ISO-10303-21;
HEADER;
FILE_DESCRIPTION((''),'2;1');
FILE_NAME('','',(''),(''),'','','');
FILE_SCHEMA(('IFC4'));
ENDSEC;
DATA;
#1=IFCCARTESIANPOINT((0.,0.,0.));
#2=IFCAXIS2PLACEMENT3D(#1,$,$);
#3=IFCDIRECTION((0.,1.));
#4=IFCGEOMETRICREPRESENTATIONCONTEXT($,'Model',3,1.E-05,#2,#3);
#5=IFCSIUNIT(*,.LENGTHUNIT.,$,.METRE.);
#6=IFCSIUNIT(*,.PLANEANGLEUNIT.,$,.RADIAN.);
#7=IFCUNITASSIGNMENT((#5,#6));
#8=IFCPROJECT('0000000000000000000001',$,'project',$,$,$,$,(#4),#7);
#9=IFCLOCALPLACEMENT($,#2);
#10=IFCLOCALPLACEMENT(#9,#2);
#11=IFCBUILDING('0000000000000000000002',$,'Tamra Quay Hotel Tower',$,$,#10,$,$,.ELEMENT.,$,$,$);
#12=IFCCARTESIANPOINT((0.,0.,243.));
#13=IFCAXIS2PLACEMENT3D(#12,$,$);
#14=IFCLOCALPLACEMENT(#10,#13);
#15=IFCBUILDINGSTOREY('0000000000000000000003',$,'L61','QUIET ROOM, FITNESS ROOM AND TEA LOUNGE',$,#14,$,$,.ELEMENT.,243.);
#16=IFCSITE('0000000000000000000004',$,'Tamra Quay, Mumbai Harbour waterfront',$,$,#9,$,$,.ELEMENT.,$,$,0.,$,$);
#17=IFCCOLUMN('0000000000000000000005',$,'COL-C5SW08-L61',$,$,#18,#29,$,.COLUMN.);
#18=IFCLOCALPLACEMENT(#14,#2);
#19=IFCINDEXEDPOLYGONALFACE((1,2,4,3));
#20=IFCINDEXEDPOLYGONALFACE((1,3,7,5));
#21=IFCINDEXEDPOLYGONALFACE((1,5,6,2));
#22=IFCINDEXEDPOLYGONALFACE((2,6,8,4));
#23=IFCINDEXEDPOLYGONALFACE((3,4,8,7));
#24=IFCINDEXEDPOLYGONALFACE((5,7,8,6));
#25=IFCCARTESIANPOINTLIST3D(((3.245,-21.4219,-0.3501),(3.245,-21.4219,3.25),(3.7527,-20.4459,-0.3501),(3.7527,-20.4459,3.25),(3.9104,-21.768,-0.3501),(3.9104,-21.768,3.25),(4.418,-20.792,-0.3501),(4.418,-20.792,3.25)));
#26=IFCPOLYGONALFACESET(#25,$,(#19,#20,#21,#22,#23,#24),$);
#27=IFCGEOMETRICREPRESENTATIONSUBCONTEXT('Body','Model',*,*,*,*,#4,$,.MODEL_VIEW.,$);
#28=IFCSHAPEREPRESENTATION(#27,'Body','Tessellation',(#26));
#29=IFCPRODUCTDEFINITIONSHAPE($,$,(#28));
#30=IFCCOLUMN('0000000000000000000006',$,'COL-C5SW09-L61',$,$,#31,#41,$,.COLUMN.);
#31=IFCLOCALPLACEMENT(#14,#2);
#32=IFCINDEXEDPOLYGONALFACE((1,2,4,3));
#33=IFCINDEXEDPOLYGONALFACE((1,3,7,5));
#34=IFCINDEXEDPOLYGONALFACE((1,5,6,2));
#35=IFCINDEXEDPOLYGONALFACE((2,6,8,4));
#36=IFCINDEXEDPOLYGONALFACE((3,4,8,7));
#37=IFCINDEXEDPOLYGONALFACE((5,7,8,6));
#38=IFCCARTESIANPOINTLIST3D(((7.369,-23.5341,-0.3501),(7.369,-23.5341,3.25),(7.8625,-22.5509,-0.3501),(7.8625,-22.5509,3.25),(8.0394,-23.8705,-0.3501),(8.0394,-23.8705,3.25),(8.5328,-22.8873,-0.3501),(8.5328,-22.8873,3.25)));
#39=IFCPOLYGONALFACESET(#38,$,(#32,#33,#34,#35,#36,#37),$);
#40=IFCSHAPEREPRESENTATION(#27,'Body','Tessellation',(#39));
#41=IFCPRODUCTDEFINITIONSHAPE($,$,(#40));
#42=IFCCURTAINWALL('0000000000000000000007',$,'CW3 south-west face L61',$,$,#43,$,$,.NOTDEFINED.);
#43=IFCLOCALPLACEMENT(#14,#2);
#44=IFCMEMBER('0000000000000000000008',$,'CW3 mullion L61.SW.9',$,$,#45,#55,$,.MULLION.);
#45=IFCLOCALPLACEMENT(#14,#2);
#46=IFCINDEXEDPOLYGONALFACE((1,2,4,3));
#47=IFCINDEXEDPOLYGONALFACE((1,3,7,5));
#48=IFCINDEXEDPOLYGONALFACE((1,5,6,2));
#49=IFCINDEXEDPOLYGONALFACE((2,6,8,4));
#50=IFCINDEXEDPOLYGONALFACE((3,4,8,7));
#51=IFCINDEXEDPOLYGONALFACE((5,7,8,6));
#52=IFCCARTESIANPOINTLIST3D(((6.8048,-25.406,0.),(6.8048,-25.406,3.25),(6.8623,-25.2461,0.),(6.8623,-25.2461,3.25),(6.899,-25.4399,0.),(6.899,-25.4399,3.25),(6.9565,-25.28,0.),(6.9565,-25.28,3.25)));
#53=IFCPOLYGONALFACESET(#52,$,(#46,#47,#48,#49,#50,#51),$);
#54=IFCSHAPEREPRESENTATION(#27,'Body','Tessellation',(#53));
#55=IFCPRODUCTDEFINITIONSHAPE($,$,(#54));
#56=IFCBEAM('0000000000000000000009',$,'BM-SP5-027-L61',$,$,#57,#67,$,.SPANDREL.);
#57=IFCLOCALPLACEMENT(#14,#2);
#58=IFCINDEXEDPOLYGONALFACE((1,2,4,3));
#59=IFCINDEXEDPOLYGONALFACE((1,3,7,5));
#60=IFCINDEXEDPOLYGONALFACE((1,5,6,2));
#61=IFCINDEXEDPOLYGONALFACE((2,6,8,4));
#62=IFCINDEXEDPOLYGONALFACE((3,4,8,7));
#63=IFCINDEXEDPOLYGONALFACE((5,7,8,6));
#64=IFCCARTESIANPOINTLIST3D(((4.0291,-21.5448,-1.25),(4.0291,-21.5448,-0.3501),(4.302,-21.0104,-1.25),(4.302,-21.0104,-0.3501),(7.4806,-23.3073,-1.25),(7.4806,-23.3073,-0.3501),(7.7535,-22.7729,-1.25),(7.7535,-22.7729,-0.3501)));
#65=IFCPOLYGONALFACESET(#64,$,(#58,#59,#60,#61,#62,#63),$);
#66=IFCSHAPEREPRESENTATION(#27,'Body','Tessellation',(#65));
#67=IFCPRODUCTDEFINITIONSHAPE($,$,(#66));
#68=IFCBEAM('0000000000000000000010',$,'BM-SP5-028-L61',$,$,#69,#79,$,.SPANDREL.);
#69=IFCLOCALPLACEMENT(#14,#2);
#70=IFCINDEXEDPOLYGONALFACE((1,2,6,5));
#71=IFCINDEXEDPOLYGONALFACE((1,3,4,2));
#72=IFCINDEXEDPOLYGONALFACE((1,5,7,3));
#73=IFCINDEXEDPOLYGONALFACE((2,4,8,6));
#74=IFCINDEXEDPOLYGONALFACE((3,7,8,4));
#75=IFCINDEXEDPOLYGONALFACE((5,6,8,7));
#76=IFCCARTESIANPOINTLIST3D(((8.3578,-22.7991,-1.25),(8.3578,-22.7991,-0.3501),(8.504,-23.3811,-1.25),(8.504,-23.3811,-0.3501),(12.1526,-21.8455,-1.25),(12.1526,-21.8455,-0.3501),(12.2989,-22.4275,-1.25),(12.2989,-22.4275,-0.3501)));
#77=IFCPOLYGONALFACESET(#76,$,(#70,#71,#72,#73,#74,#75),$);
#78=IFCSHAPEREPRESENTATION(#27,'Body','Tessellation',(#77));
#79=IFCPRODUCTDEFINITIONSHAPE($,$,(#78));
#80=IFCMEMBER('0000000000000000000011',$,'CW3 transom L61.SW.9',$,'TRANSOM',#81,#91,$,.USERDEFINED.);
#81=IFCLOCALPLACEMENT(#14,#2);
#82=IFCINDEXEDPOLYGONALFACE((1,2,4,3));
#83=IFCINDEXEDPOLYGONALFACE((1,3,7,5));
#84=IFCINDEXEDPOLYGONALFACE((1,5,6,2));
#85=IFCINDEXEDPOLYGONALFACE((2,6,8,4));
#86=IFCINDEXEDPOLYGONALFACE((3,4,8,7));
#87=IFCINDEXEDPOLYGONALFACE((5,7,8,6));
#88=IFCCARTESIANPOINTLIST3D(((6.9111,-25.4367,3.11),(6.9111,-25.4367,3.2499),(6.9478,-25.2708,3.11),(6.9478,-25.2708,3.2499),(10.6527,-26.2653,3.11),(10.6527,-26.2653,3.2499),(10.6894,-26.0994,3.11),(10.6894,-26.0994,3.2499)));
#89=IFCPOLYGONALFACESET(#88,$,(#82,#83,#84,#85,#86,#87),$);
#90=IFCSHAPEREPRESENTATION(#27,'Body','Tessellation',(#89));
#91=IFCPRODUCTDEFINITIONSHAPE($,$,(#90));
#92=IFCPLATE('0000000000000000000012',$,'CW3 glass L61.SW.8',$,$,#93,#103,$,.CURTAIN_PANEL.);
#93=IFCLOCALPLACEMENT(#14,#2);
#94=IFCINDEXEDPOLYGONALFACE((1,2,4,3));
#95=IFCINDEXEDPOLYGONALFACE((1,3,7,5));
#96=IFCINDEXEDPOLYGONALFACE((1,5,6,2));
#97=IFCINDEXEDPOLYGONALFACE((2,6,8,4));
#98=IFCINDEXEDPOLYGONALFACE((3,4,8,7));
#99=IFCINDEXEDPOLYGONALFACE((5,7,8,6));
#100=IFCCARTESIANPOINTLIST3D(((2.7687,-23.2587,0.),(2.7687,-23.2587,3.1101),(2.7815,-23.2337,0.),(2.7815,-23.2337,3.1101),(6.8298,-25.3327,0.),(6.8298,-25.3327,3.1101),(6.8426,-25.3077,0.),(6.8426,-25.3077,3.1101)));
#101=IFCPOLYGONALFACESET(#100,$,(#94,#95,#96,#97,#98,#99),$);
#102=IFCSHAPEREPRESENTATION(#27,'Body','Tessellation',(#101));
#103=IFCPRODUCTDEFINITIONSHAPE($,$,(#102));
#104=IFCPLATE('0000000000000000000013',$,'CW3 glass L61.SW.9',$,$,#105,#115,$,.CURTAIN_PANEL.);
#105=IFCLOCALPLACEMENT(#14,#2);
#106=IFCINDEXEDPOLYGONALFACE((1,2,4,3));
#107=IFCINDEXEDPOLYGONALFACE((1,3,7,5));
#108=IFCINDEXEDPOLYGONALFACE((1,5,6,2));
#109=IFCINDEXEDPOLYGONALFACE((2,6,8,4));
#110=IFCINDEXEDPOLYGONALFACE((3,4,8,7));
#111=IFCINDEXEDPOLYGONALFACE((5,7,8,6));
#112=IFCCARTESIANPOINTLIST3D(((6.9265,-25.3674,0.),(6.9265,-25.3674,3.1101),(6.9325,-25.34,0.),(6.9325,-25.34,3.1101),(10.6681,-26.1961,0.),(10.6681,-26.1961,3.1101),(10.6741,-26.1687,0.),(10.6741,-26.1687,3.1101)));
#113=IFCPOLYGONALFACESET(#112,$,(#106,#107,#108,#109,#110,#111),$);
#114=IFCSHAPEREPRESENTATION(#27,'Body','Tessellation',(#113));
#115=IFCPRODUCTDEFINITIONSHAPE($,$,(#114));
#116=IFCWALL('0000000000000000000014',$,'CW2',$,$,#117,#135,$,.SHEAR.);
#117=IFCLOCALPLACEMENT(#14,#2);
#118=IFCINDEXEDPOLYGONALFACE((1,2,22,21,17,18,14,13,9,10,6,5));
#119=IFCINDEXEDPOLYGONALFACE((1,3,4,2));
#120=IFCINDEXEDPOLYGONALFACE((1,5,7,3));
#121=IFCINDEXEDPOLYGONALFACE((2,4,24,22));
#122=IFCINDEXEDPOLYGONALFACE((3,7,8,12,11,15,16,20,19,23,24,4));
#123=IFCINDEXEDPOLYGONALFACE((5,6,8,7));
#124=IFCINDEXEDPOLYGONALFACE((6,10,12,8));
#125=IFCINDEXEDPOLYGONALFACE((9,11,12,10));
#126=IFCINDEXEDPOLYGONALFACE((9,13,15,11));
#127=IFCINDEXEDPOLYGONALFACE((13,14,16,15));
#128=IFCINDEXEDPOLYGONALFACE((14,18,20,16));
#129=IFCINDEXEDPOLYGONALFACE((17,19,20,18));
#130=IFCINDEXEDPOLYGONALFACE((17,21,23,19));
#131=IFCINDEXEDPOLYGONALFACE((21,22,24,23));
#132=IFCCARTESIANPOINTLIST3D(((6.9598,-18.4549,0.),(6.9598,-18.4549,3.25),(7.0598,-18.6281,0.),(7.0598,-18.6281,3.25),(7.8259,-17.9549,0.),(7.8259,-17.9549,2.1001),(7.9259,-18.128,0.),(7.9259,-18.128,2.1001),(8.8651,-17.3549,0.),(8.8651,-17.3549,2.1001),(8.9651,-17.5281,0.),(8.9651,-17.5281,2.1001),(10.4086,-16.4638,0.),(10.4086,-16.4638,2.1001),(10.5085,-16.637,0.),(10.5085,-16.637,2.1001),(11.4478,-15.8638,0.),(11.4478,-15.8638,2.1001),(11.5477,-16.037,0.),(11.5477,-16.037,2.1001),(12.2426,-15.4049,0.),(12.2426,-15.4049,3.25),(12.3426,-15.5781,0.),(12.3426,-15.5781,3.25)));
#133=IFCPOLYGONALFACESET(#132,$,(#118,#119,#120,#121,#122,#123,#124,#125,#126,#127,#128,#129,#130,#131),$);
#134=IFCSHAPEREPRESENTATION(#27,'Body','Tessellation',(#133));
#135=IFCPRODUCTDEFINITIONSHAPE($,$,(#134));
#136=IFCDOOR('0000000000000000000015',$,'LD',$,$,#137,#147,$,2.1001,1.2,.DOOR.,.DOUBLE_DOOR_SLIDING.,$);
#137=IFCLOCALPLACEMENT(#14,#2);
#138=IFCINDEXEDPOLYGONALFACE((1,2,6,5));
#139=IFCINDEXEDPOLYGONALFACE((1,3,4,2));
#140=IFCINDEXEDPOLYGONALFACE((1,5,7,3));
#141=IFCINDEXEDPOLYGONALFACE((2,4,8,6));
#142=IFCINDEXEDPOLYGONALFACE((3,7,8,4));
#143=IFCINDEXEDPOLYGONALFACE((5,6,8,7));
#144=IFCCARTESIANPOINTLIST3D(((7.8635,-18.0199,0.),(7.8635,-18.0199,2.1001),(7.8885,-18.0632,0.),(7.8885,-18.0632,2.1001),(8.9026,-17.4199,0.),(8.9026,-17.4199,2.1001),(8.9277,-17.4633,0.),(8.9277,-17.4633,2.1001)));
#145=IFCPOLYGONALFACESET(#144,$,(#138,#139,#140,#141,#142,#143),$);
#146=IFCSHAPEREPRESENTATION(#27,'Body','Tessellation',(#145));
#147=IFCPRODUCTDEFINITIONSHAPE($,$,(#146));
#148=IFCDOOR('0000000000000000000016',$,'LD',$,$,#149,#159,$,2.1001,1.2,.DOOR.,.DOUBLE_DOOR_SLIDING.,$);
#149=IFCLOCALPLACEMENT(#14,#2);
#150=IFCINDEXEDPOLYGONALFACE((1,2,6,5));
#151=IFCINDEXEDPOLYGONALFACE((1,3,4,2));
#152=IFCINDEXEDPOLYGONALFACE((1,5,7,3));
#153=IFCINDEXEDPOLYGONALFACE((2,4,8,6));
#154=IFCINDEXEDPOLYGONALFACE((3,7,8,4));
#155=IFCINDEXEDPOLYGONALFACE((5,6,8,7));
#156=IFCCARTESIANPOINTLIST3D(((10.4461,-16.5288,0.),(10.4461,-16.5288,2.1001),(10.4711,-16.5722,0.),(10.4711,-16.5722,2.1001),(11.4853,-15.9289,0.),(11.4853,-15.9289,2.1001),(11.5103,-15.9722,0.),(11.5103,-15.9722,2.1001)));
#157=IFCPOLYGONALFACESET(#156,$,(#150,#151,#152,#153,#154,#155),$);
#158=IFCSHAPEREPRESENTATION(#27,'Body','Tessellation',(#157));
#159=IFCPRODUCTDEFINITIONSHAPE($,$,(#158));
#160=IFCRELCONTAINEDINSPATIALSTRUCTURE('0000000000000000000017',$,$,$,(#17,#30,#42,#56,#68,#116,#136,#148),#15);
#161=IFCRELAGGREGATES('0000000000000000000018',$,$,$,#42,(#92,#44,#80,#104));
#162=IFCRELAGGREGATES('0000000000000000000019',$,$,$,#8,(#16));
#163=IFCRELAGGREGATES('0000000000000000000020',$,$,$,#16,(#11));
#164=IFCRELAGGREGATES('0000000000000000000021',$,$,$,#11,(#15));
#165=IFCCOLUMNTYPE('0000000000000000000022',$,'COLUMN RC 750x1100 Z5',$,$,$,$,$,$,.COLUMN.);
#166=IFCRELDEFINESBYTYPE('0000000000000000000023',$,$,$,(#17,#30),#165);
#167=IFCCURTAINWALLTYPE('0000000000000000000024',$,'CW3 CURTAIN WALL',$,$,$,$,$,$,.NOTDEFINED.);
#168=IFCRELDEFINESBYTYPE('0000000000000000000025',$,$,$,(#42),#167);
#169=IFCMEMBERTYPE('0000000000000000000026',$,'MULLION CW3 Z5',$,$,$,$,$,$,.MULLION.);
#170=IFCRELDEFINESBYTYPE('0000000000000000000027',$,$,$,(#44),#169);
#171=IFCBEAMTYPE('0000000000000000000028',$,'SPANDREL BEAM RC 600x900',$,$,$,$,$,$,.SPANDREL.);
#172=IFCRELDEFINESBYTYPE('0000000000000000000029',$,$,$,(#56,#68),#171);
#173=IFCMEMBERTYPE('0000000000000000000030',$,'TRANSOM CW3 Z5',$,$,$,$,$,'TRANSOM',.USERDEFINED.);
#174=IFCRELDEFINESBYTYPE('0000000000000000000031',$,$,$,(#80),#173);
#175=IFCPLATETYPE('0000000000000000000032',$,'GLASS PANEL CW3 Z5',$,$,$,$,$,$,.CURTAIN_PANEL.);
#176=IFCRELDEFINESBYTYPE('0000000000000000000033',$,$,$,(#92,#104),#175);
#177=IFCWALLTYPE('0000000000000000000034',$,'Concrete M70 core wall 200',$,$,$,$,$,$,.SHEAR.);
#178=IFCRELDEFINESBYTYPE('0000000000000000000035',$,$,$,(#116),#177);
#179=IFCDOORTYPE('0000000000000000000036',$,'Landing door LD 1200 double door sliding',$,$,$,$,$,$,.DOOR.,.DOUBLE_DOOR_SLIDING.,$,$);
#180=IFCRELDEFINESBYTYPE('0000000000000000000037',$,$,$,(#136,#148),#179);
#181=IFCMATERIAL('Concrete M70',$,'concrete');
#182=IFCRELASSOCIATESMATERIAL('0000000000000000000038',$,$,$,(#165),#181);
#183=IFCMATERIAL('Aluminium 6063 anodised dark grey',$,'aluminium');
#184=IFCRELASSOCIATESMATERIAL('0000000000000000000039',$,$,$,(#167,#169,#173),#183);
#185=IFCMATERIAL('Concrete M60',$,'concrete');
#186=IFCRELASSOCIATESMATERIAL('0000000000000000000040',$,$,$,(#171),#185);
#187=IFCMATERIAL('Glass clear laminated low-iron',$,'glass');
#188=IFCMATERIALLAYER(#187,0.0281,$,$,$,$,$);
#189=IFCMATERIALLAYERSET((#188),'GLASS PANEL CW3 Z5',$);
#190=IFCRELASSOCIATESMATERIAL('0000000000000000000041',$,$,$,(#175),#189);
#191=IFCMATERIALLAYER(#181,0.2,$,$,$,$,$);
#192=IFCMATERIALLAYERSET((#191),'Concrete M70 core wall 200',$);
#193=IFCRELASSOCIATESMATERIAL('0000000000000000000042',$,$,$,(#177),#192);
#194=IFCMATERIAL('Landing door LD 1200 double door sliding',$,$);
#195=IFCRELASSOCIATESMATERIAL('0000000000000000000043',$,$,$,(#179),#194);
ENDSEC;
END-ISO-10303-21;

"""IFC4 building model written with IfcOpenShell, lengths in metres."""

from ifc_helpers import new_model, si_unit, direction, frame, frame_2d, origin, origin_2d, place, context, subcontext, project, spatial, rectangle, extrude, material, layer, layer_set, material_profile, profile_set, type_object, element, fill, aggregate, save


model = new_model("IFC4")

# Units and contexts
model_context = context("Model", 3, precision=1e-05, world=origin(), true_north=direction((0.0, 1.0)))
body_context = subcontext(model_context, "Body", "Model", "MODEL_VIEW")
ifc_project = project(units=[si_unit("LENGTHUNIT", "METRE"), si_unit("PLANEANGLEUNIT", "RADIAN")], contexts=[model_context])

# Site, building, storey
site_placement = place(None, origin())
site = spatial("IfcSite", under=ifc_project, at=site_placement, Name="Tamra Quay, Mumbai Harbour waterfront", CompositionType="ELEMENT", RefElevation=0.0)
building_placement = place(site_placement, origin())
building = spatial("IfcBuilding", under=site, at=building_placement, Name="Tamra Quay Hotel Tower", CompositionType="ELEMENT")
storey_placement = place(building_placement, frame((0.0, 0.0, 243.0)))
storey = spatial("IfcBuildingStorey", under=building, at=storey_placement, Name="L61", Description="QUIET ROOM, FITNESS ROOM AND TEA LOUNGE", CompositionType="ELEMENT", Elevation=243.0)

# Columns
ifc_material_1 = material(Name="Concrete M70", Category="concrete")
ifc_material_profile_1 = material_profile(ifc_material_1, rectangle(XDim=1.1001, YDim=0.75, at=origin_2d()), Name="COLUMN RC 750x1100 Z5")
ifc_profile_set_1 = profile_set([ifc_material_profile_1], Name="Concrete M70")
column_type = type_object("IfcColumnType", Name="COLUMN RC 750x1100 Z5", PredefinedType="COLUMN", material=ifc_profile_set_1)
for number, where, z_axis, x_axis, name in (
    (1, (3.8315, -21.1069, -0.3501), (0.0, 0.0, 1.0), (0.461448, 0.887167, 0.0), "COL-C5SW08-L61"),
    (2, (7.9509, -23.2107, -0.3501), (0.0, 0.0, 1.0), (0.448553, 0.893756, 0.0), "COL-C5SW09-L61"),
):
    element("IfcColumn", number, at=place(storey_placement, frame(where, z_axis=z_axis, x_axis=x_axis)), inside=storey, type_object=column_type, Name=name, PredefinedType="COLUMN", context=body_context, shape_type="SweptSolid", body=[
        extrude(rectangle(XDim=1.1001, YDim=0.75, at=origin_2d()), origin(), (0.0, 0.0, 1.0), 3.6001),
    ])

# Curtain wall, member
ifc_material_2 = material(Name="Aluminium 6063 anodised dark grey", Category="aluminium")
curtain_wall_type = type_object("IfcCurtainWallType", Name="CW3 CURTAIN WALL", PredefinedType="NOTDEFINED", material=ifc_material_2)
curtain_wall_placement = place(storey_placement, origin())
curtain_wall = element("IfcCurtainWall", 3, at=curtain_wall_placement, inside=storey, type_object=curtain_wall_type, Name="CW3 south-west face L61", PredefinedType="NOTDEFINED")
ifc_material_profile_2 = material_profile(ifc_material_2, rectangle(XDim=0.1699, YDim=0.1001, at=origin_2d()), Name="MULLION 100X170")
ifc_profile_set_2 = profile_set([ifc_material_profile_2], Name="Aluminium 6063 anodised dark grey")
member_type_1 = type_object("IfcMemberType", Name="MULLION CW3 Z5", PredefinedType="MULLION", material=ifc_profile_set_2)
member_1_placement = place(storey_placement, frame((6.8806, -25.343, 0.0), z_axis=(0.0, 0.0, 1.0), x_axis=(-0.338259, -0.941053, 0.0)))
member_1 = element("IfcMember", 4, at=member_1_placement, type_object=member_type_1, Name="CW3 mullion L61.SW.9", PredefinedType="MULLION", context=body_context, shape_type="SweptSolid", body=[
    extrude(rectangle(XDim=0.1699, YDim=0.1001, at=origin_2d()), origin(), (0.0, 0.0, 1.0), 3.25),
])

# Beams
ifc_material_3 = material(Name="Concrete M60", Category="concrete")
ifc_material_profile_3 = material_profile(ifc_material_3, rectangle(XDim=0.6001, YDim=0.8999, at=origin_2d()), Name="SPANDREL BEAM RC 600x900")
ifc_profile_set_3 = profile_set([ifc_material_profile_3], Name="Concrete M60")
beam_type = type_object("IfcBeamType", Name="SPANDREL BEAM RC 600x900", PredefinedType="SPANDREL", material=ifc_profile_set_3)
beam_1_placement = place(storey_placement, frame((4.1655, -21.2776, -0.8), z_axis=(0.890603, -0.454782, 0.0), x_axis=(0.454782, 0.890603, 0.0)))
element("IfcBeam", 5, at=beam_1_placement, inside=storey, type_object=beam_type, Name="BM-SP5-027-L61", PredefinedType="SPANDREL", context=body_context, shape_type="SweptSolid", body=[
    extrude(rectangle(XDim=0.6001, YDim=0.8999, at=origin_2d()), origin(), (0.0, 0.0, 1.0), 3.8755),
])
beam_2_placement = place(storey_placement, frame((8.4309, -23.0901, -0.8), z_axis=(0.969848, 0.24371, 0.0), x_axis=(-0.24371, 0.969848, 0.0)))
element("IfcBeam", 6, at=beam_2_placement, inside=storey, type_object=beam_type, Name="BM-SP5-028-L61", PredefinedType="SPANDREL", context=body_context, shape_type="SweptSolid", body=[
    extrude(rectangle(XDim=0.6001, YDim=0.8999, at=origin_2d()), origin(), (0.0, 0.0, 1.0), 3.9128),
])

# Member
ifc_material_profile_4 = material_profile(ifc_material_2, rectangle(XDim=0.1699, YDim=0.1399, at=origin_2d()), Name="TRANSOM 170X140")
ifc_profile_set_4 = profile_set([ifc_material_profile_4], Name="Aluminium 6063 anodised dark grey")
member_type_2 = type_object("IfcMemberType", Name="TRANSOM CW3 Z5", ElementType="TRANSOM", PredefinedType="USERDEFINED", material=ifc_profile_set_4)
member_2_placement = place(storey_placement, frame((6.9294, -25.3538, 3.1799), z_axis=(0.976346, -0.216215, 0.0), x_axis=(0.216215, 0.976346, 0.0)))
member_2 = element("IfcMember", 7, at=member_2_placement, type_object=member_type_2, Name="CW3 transom L61.SW.9", ObjectType="TRANSOM", PredefinedType="USERDEFINED", context=body_context, shape_type="SweptSolid", body=[
    extrude(rectangle(XDim=0.1699, YDim=0.1399, at=origin_2d()), origin(), (0.0, 0.0, 1.0), 3.8323),
])

# Plates
ifc_material_4 = material(Name="Glass clear laminated low-iron", Category="glass")
ifc_layer_1 = layer(ifc_material_4, 0.0281)
ifc_layer_set_1 = layer_set([ifc_layer_1], Name="GLASS PANEL CW3 Z5")
plate_type = type_object("IfcPlateType", Name="GLASS PANEL CW3 Z5", PredefinedType="CURTAIN_PANEL", material=ifc_layer_set_1)
plate_1_placement = place(storey_placement, frame((4.8057, -24.2832, 0.0), z_axis=(0.0, 0.0, 1.0), x_axis=(0.890582, -0.454823, 0.0)))
plate_1 = element("IfcPlate", 8, at=plate_1_placement, type_object=plate_type, Name="CW3 glass L61.SW.8", PredefinedType="CURTAIN_PANEL", context=body_context, shape_type="SweptSolid", body=[
    extrude(rectangle(XDim=4.5601, YDim=0.0281, at=origin_2d()), origin(), (0.0, 0.0, 1.0), 3.1101),
])
plate_2_placement = place(storey_placement, frame((8.8003, -25.7681, 0.0), z_axis=(0.0, 0.0, 1.0), x_axis=(0.976341, -0.216238, 0.0)))
plate_2 = element("IfcPlate", 9, at=plate_2_placement, type_object=plate_type, Name="CW3 glass L61.SW.9", PredefinedType="CURTAIN_PANEL", context=body_context, shape_type="SweptSolid", body=[
    extrude(rectangle(XDim=3.8323, YDim=0.0281, at=origin_2d()), origin(), (0.0, 0.0, 1.0), 3.1101),
])
aggregate(curtain_wall, [plate_1, member_1, member_2, plate_2])

# Wall, openings, doors
ifc_layer_2 = layer(ifc_material_1, 0.2)
ifc_layer_set_2 = layer_set([ifc_layer_2], Name="Concrete M70 core wall 200")
wall_type_1 = type_object("IfcWallType", Name="Concrete M70 core wall 200", PredefinedType="SHEAR", material=ifc_layer_set_2)
wall_1_placement = place(storey_placement, frame((7.0098, -18.5415, 0.0), z_axis=(0.0, 0.0, 1.0), x_axis=(0.86603, 0.499992, 0.0)))
wall_1 = element("IfcWall", 10, at=wall_1_placement, inside=storey, type_object=wall_type_1, Name="CW2", PredefinedType="SHEAR", context=body_context, shape_type="SweptSolid", body=[
    extrude(rectangle(XDim=6.1001, YDim=0.2, at=frame_2d((3.05, 0.0))), origin(), (0.0, 0.0, 1.0), 3.25),
])
opening_1_placement = place(wall_1_placement, frame((1.0, 0.0, 0.0)))
opening_1 = element("IfcOpeningElement", 11, at=opening_1_placement, cuts=wall_1, PredefinedType="OPENING", context=body_context, shape_type="SweptSolid", body=[
    extrude(rectangle(XDim=1.2, YDim=2.1001, at=frame_2d((0.6001, 1.05))), frame((0.0, 0.1099, 0.0), z_axis=(0.0, -1.0, 0.0), x_axis=(1.0, 0.0, 0.0)), (0.0, 0.0, 1.0), 0.22),
])
opening_2_placement = place(wall_1_placement, frame((3.9822, 0.0, 0.0)))
opening_2 = element("IfcOpeningElement", 12, at=opening_2_placement, cuts=wall_1, PredefinedType="OPENING", context=body_context, shape_type="SweptSolid", body=[
    extrude(rectangle(XDim=1.2, YDim=2.1001, at=frame_2d((0.6001, 1.05))), frame((0.0, 0.1099, 0.0), z_axis=(0.0, -1.0, 0.0), x_axis=(1.0, 0.0, 0.0)), (0.0, 0.0, 1.0), 0.22),
])
ifc_material_5 = material(Name="Landing door LD 1200 double door sliding")
door_type_1 = type_object("IfcDoorType", Name="Landing door LD 1200 double door sliding", OperationType="DOUBLE_DOOR_SLIDING", PredefinedType="DOOR", material=ifc_material_5)
door_1_placement = place(opening_1_placement, origin())
door_1 = element("IfcDoor", 13, at=door_1_placement, inside=storey, type_object=door_type_1, Name="LD", OperationType="DOUBLE_DOOR_SLIDING", OverallHeight=2.1001, OverallWidth=1.2, PredefinedType="DOOR", context=body_context, shape_type="SweptSolid", body=[
    extrude(rectangle(XDim=1.2, YDim=2.1001, at=frame_2d((0.6001, 1.05))), frame((0.0, 0.0249, 0.0), z_axis=(0.0, -1.0, 0.0), x_axis=(1.0, 0.0, 0.0)), (0.0, 0.0, 1.0), 0.05),
])
fill(opening_1, door_1)
door_2_placement = place(opening_2_placement, origin())
door_2 = element("IfcDoor", 14, at=door_2_placement, inside=storey, type_object=door_type_1, Name="LD", OperationType="DOUBLE_DOOR_SLIDING", OverallHeight=2.1001, OverallWidth=1.2, PredefinedType="DOOR", context=body_context, shape_type="SweptSolid", body=[
    extrude(rectangle(XDim=1.2, YDim=2.1001, at=frame_2d((0.6001, 1.05))), frame((0.0, 0.0249, 0.0), z_axis=(0.0, -1.0, 0.0), x_axis=(1.0, 0.0, 0.0)), (0.0, 0.0, 1.0), 0.05),
])
fill(opening_2, door_2)

save(model, "model.ifc")
